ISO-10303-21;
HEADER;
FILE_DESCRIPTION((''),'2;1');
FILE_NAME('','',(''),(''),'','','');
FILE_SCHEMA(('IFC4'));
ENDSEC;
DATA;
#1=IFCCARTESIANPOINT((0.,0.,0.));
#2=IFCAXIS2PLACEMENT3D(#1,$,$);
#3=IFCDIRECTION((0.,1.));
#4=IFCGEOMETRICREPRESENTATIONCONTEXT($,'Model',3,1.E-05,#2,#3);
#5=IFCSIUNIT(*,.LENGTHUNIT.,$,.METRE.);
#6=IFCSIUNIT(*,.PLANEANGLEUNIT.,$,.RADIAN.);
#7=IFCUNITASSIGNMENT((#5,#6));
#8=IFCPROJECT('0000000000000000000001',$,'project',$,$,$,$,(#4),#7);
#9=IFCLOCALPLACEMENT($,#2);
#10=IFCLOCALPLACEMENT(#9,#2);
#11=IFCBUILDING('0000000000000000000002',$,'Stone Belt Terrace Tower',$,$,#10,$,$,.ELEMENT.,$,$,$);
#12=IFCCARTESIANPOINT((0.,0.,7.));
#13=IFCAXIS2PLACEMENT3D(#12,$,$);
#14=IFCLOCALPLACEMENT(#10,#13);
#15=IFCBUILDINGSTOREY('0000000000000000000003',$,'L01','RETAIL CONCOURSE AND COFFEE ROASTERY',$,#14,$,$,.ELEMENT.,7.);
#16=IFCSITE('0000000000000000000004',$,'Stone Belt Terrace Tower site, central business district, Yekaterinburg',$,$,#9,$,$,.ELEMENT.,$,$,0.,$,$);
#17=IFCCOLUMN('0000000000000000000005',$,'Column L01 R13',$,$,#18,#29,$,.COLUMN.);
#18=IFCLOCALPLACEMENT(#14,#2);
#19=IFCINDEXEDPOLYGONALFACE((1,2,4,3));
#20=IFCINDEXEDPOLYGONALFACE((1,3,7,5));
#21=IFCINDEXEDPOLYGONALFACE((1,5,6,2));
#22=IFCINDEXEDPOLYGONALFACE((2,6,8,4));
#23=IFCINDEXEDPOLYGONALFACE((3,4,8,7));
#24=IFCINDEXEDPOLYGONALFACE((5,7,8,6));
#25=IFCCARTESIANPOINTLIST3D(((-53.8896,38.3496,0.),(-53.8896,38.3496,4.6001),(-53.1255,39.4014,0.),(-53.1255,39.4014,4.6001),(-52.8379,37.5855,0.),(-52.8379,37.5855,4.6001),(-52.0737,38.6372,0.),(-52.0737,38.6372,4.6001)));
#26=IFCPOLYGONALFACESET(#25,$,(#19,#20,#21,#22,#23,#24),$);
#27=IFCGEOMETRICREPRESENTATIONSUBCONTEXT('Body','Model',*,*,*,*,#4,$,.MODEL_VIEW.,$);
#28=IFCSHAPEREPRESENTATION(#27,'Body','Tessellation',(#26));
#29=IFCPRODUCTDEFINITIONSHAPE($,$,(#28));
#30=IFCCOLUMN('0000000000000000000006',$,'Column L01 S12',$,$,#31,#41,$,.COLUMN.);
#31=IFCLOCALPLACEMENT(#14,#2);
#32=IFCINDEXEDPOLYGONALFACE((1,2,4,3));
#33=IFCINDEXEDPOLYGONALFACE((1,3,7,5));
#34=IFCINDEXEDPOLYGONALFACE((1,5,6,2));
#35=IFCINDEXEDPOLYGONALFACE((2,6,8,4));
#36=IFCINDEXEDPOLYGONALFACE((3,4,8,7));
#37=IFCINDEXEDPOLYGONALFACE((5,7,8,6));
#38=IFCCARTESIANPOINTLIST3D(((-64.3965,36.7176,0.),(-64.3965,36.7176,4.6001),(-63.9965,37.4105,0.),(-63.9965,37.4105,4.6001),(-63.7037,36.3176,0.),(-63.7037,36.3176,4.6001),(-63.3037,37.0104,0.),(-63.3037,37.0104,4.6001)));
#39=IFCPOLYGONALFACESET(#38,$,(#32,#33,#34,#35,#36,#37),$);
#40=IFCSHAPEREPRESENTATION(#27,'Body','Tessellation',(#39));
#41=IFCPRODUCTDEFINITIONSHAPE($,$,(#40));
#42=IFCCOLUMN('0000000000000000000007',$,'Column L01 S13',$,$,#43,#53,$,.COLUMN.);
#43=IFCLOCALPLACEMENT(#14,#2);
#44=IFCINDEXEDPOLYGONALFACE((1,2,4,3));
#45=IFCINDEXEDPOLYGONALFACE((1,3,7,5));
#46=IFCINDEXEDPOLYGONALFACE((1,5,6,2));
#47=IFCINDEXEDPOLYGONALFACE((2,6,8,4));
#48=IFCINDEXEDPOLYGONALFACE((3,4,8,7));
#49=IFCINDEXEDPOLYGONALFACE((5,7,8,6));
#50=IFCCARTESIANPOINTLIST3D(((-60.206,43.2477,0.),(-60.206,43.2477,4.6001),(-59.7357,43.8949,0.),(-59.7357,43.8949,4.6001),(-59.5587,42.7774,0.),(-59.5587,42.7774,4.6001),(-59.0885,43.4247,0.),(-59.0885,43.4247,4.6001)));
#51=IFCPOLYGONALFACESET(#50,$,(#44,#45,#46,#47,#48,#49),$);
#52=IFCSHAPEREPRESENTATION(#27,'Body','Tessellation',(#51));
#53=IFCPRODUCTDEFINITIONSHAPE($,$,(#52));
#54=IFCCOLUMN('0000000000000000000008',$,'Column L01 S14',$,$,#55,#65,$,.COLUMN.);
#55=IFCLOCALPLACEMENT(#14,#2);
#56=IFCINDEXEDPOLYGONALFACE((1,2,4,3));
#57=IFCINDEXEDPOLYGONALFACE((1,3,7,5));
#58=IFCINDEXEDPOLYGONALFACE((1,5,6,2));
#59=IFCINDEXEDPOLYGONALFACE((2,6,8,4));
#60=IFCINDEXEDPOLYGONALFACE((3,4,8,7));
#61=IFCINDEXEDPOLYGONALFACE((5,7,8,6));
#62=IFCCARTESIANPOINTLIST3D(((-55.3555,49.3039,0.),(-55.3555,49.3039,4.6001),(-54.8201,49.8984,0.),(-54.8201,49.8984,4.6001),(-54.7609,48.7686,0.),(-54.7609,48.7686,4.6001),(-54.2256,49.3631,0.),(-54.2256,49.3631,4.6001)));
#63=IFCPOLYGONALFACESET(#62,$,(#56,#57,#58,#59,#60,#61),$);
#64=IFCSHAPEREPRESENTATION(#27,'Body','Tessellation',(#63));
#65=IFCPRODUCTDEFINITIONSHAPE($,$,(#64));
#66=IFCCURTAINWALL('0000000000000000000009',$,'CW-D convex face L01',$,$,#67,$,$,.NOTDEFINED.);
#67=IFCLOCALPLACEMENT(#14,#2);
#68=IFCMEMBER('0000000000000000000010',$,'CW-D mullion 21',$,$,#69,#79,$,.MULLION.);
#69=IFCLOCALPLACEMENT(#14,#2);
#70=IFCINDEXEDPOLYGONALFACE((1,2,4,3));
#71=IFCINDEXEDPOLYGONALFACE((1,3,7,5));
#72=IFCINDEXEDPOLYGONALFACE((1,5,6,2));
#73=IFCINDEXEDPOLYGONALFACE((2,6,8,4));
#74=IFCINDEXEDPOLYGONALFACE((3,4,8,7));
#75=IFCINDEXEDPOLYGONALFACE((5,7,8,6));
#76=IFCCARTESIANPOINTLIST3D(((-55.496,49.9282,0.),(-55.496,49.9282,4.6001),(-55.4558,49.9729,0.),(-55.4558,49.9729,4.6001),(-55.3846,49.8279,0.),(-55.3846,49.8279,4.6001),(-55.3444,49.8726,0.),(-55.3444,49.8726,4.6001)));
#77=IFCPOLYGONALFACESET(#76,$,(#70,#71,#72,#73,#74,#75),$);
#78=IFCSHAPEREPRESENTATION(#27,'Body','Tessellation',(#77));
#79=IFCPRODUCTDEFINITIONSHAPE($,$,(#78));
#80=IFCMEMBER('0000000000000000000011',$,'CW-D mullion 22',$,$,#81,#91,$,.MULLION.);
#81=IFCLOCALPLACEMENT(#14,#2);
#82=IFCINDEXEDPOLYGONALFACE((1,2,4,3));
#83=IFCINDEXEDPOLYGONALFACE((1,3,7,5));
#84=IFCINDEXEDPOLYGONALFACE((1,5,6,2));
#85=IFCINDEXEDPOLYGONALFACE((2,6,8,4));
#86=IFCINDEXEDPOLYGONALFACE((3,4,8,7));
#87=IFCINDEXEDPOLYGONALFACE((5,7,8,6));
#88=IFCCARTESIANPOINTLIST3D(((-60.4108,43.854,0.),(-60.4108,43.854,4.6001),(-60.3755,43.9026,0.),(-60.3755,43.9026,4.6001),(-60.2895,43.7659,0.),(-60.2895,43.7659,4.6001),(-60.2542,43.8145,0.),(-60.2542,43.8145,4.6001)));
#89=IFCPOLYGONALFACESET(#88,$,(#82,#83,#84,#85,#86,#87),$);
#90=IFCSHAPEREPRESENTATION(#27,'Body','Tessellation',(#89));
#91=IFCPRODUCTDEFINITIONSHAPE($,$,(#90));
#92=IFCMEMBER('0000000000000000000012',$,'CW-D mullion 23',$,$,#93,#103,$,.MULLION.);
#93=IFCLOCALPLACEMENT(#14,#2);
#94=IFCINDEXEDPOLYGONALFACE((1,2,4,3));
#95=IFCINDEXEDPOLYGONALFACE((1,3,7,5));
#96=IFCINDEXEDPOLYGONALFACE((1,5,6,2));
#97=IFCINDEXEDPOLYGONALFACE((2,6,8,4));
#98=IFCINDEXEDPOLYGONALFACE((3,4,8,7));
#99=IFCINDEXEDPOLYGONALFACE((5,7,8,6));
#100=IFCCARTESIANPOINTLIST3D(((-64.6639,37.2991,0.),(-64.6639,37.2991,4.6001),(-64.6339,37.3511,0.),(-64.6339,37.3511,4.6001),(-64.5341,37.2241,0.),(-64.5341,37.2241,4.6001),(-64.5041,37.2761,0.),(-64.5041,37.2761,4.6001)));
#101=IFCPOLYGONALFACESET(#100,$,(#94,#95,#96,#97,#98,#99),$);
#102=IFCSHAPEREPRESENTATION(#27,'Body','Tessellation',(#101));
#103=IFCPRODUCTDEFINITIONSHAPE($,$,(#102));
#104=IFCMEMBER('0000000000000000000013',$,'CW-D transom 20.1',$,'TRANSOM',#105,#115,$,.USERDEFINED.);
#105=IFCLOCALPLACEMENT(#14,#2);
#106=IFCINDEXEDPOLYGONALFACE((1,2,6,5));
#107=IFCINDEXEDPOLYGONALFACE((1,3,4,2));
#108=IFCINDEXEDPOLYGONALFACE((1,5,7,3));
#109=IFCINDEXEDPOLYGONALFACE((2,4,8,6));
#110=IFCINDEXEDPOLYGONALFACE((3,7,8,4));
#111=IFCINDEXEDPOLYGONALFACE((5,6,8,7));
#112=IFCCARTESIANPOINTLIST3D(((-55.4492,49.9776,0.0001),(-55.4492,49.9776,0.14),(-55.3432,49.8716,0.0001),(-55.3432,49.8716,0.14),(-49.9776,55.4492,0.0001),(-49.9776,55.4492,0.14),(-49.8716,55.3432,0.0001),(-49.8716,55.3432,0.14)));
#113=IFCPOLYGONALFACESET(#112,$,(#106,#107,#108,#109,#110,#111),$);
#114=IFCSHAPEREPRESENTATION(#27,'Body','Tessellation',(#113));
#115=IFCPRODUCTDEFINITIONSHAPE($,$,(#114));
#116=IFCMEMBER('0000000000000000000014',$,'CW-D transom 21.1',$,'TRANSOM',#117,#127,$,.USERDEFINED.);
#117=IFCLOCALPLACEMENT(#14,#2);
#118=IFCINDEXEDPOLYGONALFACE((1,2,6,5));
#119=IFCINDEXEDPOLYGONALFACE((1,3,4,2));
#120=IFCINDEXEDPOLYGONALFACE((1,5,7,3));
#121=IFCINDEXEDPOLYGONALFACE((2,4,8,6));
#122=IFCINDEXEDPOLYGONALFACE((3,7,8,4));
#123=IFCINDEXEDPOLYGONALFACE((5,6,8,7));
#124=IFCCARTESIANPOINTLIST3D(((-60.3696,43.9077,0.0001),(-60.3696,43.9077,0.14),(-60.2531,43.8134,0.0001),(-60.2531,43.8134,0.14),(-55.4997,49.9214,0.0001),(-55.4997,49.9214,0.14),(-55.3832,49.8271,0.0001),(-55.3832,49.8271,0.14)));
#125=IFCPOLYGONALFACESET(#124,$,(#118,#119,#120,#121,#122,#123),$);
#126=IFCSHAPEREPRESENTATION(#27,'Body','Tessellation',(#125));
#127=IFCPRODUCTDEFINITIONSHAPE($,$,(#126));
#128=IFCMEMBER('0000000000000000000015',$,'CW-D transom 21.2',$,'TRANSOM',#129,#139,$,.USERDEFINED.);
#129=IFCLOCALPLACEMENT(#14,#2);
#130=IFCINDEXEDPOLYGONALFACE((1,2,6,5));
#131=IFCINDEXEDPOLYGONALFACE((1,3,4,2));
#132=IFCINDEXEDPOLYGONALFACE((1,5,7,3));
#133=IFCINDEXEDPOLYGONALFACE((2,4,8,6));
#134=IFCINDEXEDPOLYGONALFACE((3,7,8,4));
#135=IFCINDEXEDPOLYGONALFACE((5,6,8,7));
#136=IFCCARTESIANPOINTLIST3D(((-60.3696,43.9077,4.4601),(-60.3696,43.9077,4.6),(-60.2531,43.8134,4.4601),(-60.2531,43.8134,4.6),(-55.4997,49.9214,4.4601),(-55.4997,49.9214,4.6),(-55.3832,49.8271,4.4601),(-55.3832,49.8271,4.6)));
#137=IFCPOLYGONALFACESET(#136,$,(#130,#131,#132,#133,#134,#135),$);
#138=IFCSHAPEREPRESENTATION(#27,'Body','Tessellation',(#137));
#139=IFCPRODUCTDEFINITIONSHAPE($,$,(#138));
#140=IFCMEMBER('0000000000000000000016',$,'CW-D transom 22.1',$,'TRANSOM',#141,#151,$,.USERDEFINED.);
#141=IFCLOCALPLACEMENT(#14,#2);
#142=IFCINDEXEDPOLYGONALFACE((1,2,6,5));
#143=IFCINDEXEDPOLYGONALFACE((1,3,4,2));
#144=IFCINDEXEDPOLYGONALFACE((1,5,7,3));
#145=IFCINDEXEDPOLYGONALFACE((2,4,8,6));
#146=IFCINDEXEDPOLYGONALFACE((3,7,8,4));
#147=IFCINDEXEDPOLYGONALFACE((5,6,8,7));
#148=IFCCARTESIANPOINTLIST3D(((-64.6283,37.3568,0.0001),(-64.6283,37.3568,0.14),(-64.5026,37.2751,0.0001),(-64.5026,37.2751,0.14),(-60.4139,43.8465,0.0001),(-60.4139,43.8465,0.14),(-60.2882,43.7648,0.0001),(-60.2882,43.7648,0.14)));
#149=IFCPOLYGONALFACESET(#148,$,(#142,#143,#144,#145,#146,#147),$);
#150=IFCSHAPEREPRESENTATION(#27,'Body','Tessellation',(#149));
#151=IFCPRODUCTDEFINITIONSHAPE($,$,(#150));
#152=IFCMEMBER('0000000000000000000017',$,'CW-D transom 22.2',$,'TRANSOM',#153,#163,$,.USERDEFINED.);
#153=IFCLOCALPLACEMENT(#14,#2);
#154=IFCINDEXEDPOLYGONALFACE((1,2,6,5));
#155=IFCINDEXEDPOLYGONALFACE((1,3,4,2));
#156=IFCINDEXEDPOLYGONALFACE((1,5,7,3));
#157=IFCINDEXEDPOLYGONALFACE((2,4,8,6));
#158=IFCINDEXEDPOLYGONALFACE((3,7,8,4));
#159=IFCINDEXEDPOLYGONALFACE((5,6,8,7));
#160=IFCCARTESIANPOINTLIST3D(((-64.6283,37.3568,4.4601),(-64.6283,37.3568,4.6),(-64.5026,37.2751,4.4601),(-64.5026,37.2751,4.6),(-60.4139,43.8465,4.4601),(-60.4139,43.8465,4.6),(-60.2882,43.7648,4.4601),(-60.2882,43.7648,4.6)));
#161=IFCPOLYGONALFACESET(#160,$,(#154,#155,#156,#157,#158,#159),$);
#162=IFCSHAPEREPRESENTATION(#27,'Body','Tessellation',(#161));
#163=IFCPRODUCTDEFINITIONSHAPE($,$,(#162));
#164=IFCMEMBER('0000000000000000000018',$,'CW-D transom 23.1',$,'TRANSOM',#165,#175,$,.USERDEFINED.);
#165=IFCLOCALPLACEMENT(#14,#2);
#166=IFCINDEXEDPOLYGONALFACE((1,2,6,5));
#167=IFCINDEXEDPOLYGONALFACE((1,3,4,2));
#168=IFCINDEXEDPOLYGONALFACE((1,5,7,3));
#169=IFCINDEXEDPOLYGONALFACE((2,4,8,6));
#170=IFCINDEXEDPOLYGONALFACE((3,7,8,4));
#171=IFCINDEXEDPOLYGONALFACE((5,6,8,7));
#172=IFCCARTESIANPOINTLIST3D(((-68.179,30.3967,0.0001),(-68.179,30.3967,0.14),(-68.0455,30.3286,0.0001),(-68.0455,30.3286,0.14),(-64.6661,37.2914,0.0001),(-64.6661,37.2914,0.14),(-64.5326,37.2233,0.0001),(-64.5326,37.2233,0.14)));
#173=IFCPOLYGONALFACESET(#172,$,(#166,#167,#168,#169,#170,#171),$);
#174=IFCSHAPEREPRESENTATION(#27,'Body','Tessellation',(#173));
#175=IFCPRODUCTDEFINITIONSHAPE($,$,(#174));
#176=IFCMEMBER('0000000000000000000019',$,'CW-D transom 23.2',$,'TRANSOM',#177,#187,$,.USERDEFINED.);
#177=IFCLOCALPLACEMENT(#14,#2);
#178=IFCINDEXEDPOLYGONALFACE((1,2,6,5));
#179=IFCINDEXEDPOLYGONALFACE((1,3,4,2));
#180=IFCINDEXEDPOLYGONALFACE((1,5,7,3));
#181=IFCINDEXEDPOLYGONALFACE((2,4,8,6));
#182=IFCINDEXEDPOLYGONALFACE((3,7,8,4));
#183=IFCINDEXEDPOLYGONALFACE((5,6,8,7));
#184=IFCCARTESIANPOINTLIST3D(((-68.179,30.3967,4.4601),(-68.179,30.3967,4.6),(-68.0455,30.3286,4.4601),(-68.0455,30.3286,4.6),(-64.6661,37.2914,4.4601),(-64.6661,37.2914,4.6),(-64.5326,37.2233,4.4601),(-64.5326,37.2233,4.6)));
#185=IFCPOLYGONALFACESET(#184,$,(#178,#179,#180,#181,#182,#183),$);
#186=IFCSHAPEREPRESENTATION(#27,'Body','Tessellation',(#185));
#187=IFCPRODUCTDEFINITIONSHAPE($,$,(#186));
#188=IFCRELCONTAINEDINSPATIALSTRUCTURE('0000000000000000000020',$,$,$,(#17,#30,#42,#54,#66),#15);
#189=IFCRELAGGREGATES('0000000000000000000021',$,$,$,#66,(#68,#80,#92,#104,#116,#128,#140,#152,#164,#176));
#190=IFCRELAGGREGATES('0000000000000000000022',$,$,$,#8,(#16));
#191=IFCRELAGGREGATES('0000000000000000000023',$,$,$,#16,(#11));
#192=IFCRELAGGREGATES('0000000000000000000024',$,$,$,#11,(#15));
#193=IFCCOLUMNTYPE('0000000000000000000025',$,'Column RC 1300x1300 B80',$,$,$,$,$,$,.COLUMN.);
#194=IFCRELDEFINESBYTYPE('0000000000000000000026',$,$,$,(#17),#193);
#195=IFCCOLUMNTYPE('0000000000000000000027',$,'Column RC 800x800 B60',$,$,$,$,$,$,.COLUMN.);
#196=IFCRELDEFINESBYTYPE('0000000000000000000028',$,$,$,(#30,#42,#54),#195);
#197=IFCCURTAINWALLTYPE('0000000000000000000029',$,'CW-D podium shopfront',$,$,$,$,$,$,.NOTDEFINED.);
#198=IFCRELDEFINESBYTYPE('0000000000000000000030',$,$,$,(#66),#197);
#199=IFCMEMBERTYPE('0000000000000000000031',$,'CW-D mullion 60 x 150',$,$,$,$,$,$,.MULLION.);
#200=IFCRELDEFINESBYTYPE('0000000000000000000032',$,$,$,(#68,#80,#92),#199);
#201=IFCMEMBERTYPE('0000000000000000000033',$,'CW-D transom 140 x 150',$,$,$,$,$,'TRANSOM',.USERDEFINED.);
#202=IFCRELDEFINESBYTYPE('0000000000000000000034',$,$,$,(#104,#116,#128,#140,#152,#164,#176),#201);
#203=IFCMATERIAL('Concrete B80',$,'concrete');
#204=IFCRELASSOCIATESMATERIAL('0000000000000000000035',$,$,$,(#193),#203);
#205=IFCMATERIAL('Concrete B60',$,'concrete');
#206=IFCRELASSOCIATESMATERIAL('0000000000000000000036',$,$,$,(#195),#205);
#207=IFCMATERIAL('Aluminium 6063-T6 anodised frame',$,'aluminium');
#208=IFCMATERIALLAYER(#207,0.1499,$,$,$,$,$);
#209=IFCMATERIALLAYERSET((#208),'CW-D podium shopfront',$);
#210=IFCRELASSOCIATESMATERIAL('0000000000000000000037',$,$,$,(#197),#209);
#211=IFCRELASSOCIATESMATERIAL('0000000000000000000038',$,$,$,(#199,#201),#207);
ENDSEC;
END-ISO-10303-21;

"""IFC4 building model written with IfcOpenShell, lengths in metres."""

from ifc_helpers import new_model, si_unit, direction, frame, origin, origin_2d, place, context, subcontext, project, spatial, rectangle, extrude, material, layer, layer_set, material_profile, profile_set, type_object, element, aggregate, save


model = new_model("IFC4")

# Units and contexts
model_context = context("Model", 3, precision=1e-05, world=origin(), true_north=direction((0.0, 1.0)))
body_context = subcontext(model_context, "Body", "Model", "MODEL_VIEW")
ifc_project = project(units=[si_unit("LENGTHUNIT", "METRE"), si_unit("PLANEANGLEUNIT", "RADIAN")], contexts=[model_context])

# Site, building, storey
site_placement = place(None, origin())
site = spatial("IfcSite", under=ifc_project, at=site_placement, Name="Stone Belt Terrace Tower site, central business district, Yekaterinburg", CompositionType="ELEMENT", RefElevation=0.0)
building_placement = place(site_placement, origin())
building = spatial("IfcBuilding", under=site, at=building_placement, Name="Stone Belt Terrace Tower", CompositionType="ELEMENT")
storey_placement = place(building_placement, frame((0.0, 0.0, 7.0)))
storey = spatial("IfcBuildingStorey", under=building, at=storey_placement, Name="L01", Description="RETAIL CONCOURSE AND COFFEE ROASTERY", CompositionType="ELEMENT", Elevation=7.0)

# Columns
ifc_material_1 = material(Name="Concrete B80", Category="concrete")
ifc_material_profile_1 = material_profile(ifc_material_1, rectangle(XDim=1.3, YDim=1.3, at=origin_2d()), Name="RC 1300x1300")
ifc_profile_set_1 = profile_set([ifc_material_profile_1], Name="Concrete B80")
column_type_1 = type_object("IfcColumnType", Name="Column RC 1300x1300 B80", PredefinedType="COLUMN", material=ifc_profile_set_1)
column_placement = place(storey_placement, frame((-52.9817, 38.4934, 0.0), z_axis=(0.0, 0.0, 1.0), x_axis=(0.587785, 0.809017, 0.0)))
element("IfcColumn", 1, at=column_placement, inside=storey, type_object=column_type_1, Name="Column L01 R13", PredefinedType="COLUMN", context=body_context, shape_type="SweptSolid", body=[
    extrude(rectangle(XDim=1.3, YDim=1.3, at=origin_2d()), origin(), (0.0, 0.0, 1.0), 4.6001),
])
ifc_material_2 = material(Name="Concrete B60", Category="concrete")
ifc_material_profile_2 = material_profile(ifc_material_2, rectangle(XDim=0.8, YDim=0.8, at=origin_2d()), Name="RC 800x800")
ifc_profile_set_2 = profile_set([ifc_material_profile_2], Name="Concrete B60")
column_type_2 = type_object("IfcColumnType", Name="Column RC 800x800 B60", PredefinedType="COLUMN", material=ifc_profile_set_2)
for number, where, z_axis, x_axis, name in (
    (2, (-63.8501, 36.864, 0.0), (0.0, 0.0, 1.0), (0.5, 0.866025, 0.0), "Column L01 S12"),
    (3, (-59.6472, 43.3362, 0.0), (0.0, 0.0, 1.0), (0.587785, 0.809017, 0.0), "Column L01 S13"),
    (4, (-54.7905, 49.3335, 0.0), (0.0, 0.0, 1.0), (0.669131, 0.743145, 0.0), "Column L01 S14"),
):
    element("IfcColumn", number, at=place(storey_placement, frame(where, z_axis=z_axis, x_axis=x_axis)), inside=storey, type_object=column_type_2, Name=name, PredefinedType="COLUMN", context=body_context, shape_type="SweptSolid", body=[
        extrude(rectangle(XDim=0.8, YDim=0.8, at=origin_2d()), origin(), (0.0, 0.0, 1.0), 4.6001),
    ])

# Curtain wall, members
ifc_material_3 = material(Name="Aluminium 6063-T6 anodised frame", Category="aluminium")
ifc_layer_1 = layer(ifc_material_3, 0.1499)
ifc_layer_set_1 = layer_set([ifc_layer_1], Name="CW-D podium shopfront")
curtain_wall_type = type_object("IfcCurtainWallType", Name="CW-D podium shopfront", PredefinedType="NOTDEFINED", material=ifc_layer_set_1)
curtain_wall_placement = place(storey_placement, origin())
curtain_wall = element("IfcCurtainWall", 5, at=curtain_wall_placement, inside=storey, type_object=curtain_wall_type, Name="CW-D convex face L01", PredefinedType="NOTDEFINED")
ifc_material_profile_3 = material_profile(ifc_material_3, rectangle(XDim=0.1499, YDim=0.0601, at=origin_2d()), Name="Aluminium 6063-T6 60x150")
ifc_profile_set_3 = profile_set([ifc_material_profile_3], Name="Aluminium 6063-T6 anodised frame")
member_type_1 = type_object("IfcMemberType", Name="CW-D mullion 60 x 150", PredefinedType="MULLION", material=ifc_profile_set_3)
member_1_placement = place(storey_placement, frame((-55.4202, 49.9004, 0.0), z_axis=(0.0, 0.0, 1.0), x_axis=(0.743145, -0.669131, 0.0)))
member_1 = element("IfcMember", 6, at=member_1_placement, type_object=member_type_1, Name="CW-D mullion 21", PredefinedType="MULLION", context=body_context, shape_type="SweptSolid", body=[
    extrude(rectangle(XDim=0.1499, YDim=0.0601, at=origin_2d()), origin(), (0.0, 0.0, 1.0), 4.6001),
])
member_2_placement = place(storey_placement, frame((-60.3325, 43.8342, 0.0), z_axis=(0.0, 0.0, 1.0), x_axis=(0.809017, -0.587785, 0.0)))
member_2 = element("IfcMember", 7, at=member_2_placement, type_object=member_type_1, Name="CW-D mullion 22", PredefinedType="MULLION", context=body_context, shape_type="SweptSolid", body=[
    extrude(rectangle(XDim=0.1499, YDim=0.0601, at=origin_2d()), origin(), (0.0, 0.0, 1.0), 4.6001),
])
member_3_placement = place(storey_placement, frame((-64.584, 37.2876, 0.0), z_axis=(0.0, 0.0, 1.0), x_axis=(0.866025, -0.5, 0.0)))
member_3 = element("IfcMember", 8, at=member_3_placement, type_object=member_type_1, Name="CW-D mullion 23", PredefinedType="MULLION", context=body_context, shape_type="SweptSolid", body=[
    extrude(rectangle(XDim=0.1499, YDim=0.0601, at=origin_2d()), origin(), (0.0, 0.0, 1.0), 4.6001),
])
ifc_material_profile_4 = material_profile(ifc_material_3, rectangle(XDim=0.1499, YDim=0.1399, at=origin_2d()), Name="Aluminium 6063-T6 150x140")
ifc_profile_set_4 = profile_set([ifc_material_profile_4], Name="Aluminium 6063-T6 anodised frame")
member_type_2 = type_object("IfcMemberType", Name="CW-D transom 140 x 150", ElementType="TRANSOM", PredefinedType="USERDEFINED", material=ifc_profile_set_4)
member_4_placement = place(storey_placement, frame((-49.9246, 55.3962, 0.0701), z_axis=(-0.707107, -0.707107, 0.0), x_axis=(0.707107, -0.707107, 0.0)))
member_4 = element("IfcMember", 9, at=member_4_placement, type_object=member_type_2, Name="CW-D transom 20.1", ObjectType="TRANSOM", PredefinedType="USERDEFINED", context=body_context, shape_type="SweptSolid", body=[
    extrude(rectangle(XDim=0.1499, YDim=0.1399, at=origin_2d()), origin(), (0.0, 0.0, 1.0), 7.738),
])
member_5_placement = place(storey_placement, frame((-55.4414, 49.8743, 0.0701), z_axis=(-0.629328, -0.77714, 0.0), x_axis=(0.77714, -0.629328, 0.0)))
member_5 = element("IfcMember", 10, at=member_5_placement, type_object=member_type_2, Name="CW-D transom 21.1", ObjectType="TRANSOM", PredefinedType="USERDEFINED", context=body_context, shape_type="SweptSolid", body=[
    extrude(rectangle(XDim=0.1499, YDim=0.1399, at=origin_2d()), origin(), (0.0, 0.0, 1.0), 7.7383),
])
member_6_placement = place(storey_placement, frame((-55.4414, 49.8743, 4.53), z_axis=(-0.629328, -0.77714, 0.0), x_axis=(0.77714, -0.629328, 0.0)))
member_6 = element("IfcMember", 11, at=member_6_placement, type_object=member_type_2, Name="CW-D transom 21.2", ObjectType="TRANSOM", PredefinedType="USERDEFINED", context=body_context, shape_type="SweptSolid", body=[
    extrude(rectangle(XDim=0.1499, YDim=0.1399, at=origin_2d()), origin(), (0.0, 0.0, 1.0), 7.7383),
])
member_7_placement = place(storey_placement, frame((-60.3511, 43.8057, 0.0701), z_axis=(-0.544627, -0.838679, 0.0), x_axis=(0.838679, -0.544627, 0.0)))
member_7 = element("IfcMember", 12, at=member_7_placement, type_object=member_type_2, Name="CW-D transom 22.1", ObjectType="TRANSOM", PredefinedType="USERDEFINED", context=body_context, shape_type="SweptSolid", body=[
    extrude(rectangle(XDim=0.1499, YDim=0.1399, at=origin_2d()), origin(), (0.0, 0.0, 1.0), 7.738),
])
member_8_placement = place(storey_placement, frame((-60.3511, 43.8057, 4.53), z_axis=(-0.544627, -0.838679, 0.0), x_axis=(0.838679, -0.544627, 0.0)))
member_8 = element("IfcMember", 13, at=member_8_placement, type_object=member_type_2, Name="CW-D transom 22.2", ObjectType="TRANSOM", PredefinedType="USERDEFINED", context=body_context, shape_type="SweptSolid", body=[
    extrude(rectangle(XDim=0.1499, YDim=0.1399, at=origin_2d()), origin(), (0.0, 0.0, 1.0), 7.738),
])
member_9_placement = place(storey_placement, frame((-64.5994, 37.2573, 0.0701), z_axis=(-0.453978, -0.891013, 0.0), x_axis=(0.891013, -0.453978, 0.0)))
member_9 = element("IfcMember", 14, at=member_9_placement, type_object=member_type_2, Name="CW-D transom 23.1", ObjectType="TRANSOM", PredefinedType="USERDEFINED", context=body_context, shape_type="SweptSolid", body=[
    extrude(rectangle(XDim=0.1499, YDim=0.1399, at=origin_2d()), origin(), (0.0, 0.0, 1.0), 7.738),
])
member_10_placement = place(storey_placement, frame((-64.5994, 37.2573, 4.53), z_axis=(-0.453978, -0.891013, 0.0), x_axis=(0.891013, -0.453978, 0.0)))
member_10 = element("IfcMember", 15, at=member_10_placement, type_object=member_type_2, Name="CW-D transom 23.2", ObjectType="TRANSOM", PredefinedType="USERDEFINED", context=body_context, shape_type="SweptSolid", body=[
    extrude(rectangle(XDim=0.1499, YDim=0.1399, at=origin_2d()), origin(), (0.0, 0.0, 1.0), 7.738),
])
aggregate(curtain_wall, [member_1, member_2, member_3, member_4, member_5, member_6, member_7, member_8, member_9, member_10])

save(model, "model.ifc")
